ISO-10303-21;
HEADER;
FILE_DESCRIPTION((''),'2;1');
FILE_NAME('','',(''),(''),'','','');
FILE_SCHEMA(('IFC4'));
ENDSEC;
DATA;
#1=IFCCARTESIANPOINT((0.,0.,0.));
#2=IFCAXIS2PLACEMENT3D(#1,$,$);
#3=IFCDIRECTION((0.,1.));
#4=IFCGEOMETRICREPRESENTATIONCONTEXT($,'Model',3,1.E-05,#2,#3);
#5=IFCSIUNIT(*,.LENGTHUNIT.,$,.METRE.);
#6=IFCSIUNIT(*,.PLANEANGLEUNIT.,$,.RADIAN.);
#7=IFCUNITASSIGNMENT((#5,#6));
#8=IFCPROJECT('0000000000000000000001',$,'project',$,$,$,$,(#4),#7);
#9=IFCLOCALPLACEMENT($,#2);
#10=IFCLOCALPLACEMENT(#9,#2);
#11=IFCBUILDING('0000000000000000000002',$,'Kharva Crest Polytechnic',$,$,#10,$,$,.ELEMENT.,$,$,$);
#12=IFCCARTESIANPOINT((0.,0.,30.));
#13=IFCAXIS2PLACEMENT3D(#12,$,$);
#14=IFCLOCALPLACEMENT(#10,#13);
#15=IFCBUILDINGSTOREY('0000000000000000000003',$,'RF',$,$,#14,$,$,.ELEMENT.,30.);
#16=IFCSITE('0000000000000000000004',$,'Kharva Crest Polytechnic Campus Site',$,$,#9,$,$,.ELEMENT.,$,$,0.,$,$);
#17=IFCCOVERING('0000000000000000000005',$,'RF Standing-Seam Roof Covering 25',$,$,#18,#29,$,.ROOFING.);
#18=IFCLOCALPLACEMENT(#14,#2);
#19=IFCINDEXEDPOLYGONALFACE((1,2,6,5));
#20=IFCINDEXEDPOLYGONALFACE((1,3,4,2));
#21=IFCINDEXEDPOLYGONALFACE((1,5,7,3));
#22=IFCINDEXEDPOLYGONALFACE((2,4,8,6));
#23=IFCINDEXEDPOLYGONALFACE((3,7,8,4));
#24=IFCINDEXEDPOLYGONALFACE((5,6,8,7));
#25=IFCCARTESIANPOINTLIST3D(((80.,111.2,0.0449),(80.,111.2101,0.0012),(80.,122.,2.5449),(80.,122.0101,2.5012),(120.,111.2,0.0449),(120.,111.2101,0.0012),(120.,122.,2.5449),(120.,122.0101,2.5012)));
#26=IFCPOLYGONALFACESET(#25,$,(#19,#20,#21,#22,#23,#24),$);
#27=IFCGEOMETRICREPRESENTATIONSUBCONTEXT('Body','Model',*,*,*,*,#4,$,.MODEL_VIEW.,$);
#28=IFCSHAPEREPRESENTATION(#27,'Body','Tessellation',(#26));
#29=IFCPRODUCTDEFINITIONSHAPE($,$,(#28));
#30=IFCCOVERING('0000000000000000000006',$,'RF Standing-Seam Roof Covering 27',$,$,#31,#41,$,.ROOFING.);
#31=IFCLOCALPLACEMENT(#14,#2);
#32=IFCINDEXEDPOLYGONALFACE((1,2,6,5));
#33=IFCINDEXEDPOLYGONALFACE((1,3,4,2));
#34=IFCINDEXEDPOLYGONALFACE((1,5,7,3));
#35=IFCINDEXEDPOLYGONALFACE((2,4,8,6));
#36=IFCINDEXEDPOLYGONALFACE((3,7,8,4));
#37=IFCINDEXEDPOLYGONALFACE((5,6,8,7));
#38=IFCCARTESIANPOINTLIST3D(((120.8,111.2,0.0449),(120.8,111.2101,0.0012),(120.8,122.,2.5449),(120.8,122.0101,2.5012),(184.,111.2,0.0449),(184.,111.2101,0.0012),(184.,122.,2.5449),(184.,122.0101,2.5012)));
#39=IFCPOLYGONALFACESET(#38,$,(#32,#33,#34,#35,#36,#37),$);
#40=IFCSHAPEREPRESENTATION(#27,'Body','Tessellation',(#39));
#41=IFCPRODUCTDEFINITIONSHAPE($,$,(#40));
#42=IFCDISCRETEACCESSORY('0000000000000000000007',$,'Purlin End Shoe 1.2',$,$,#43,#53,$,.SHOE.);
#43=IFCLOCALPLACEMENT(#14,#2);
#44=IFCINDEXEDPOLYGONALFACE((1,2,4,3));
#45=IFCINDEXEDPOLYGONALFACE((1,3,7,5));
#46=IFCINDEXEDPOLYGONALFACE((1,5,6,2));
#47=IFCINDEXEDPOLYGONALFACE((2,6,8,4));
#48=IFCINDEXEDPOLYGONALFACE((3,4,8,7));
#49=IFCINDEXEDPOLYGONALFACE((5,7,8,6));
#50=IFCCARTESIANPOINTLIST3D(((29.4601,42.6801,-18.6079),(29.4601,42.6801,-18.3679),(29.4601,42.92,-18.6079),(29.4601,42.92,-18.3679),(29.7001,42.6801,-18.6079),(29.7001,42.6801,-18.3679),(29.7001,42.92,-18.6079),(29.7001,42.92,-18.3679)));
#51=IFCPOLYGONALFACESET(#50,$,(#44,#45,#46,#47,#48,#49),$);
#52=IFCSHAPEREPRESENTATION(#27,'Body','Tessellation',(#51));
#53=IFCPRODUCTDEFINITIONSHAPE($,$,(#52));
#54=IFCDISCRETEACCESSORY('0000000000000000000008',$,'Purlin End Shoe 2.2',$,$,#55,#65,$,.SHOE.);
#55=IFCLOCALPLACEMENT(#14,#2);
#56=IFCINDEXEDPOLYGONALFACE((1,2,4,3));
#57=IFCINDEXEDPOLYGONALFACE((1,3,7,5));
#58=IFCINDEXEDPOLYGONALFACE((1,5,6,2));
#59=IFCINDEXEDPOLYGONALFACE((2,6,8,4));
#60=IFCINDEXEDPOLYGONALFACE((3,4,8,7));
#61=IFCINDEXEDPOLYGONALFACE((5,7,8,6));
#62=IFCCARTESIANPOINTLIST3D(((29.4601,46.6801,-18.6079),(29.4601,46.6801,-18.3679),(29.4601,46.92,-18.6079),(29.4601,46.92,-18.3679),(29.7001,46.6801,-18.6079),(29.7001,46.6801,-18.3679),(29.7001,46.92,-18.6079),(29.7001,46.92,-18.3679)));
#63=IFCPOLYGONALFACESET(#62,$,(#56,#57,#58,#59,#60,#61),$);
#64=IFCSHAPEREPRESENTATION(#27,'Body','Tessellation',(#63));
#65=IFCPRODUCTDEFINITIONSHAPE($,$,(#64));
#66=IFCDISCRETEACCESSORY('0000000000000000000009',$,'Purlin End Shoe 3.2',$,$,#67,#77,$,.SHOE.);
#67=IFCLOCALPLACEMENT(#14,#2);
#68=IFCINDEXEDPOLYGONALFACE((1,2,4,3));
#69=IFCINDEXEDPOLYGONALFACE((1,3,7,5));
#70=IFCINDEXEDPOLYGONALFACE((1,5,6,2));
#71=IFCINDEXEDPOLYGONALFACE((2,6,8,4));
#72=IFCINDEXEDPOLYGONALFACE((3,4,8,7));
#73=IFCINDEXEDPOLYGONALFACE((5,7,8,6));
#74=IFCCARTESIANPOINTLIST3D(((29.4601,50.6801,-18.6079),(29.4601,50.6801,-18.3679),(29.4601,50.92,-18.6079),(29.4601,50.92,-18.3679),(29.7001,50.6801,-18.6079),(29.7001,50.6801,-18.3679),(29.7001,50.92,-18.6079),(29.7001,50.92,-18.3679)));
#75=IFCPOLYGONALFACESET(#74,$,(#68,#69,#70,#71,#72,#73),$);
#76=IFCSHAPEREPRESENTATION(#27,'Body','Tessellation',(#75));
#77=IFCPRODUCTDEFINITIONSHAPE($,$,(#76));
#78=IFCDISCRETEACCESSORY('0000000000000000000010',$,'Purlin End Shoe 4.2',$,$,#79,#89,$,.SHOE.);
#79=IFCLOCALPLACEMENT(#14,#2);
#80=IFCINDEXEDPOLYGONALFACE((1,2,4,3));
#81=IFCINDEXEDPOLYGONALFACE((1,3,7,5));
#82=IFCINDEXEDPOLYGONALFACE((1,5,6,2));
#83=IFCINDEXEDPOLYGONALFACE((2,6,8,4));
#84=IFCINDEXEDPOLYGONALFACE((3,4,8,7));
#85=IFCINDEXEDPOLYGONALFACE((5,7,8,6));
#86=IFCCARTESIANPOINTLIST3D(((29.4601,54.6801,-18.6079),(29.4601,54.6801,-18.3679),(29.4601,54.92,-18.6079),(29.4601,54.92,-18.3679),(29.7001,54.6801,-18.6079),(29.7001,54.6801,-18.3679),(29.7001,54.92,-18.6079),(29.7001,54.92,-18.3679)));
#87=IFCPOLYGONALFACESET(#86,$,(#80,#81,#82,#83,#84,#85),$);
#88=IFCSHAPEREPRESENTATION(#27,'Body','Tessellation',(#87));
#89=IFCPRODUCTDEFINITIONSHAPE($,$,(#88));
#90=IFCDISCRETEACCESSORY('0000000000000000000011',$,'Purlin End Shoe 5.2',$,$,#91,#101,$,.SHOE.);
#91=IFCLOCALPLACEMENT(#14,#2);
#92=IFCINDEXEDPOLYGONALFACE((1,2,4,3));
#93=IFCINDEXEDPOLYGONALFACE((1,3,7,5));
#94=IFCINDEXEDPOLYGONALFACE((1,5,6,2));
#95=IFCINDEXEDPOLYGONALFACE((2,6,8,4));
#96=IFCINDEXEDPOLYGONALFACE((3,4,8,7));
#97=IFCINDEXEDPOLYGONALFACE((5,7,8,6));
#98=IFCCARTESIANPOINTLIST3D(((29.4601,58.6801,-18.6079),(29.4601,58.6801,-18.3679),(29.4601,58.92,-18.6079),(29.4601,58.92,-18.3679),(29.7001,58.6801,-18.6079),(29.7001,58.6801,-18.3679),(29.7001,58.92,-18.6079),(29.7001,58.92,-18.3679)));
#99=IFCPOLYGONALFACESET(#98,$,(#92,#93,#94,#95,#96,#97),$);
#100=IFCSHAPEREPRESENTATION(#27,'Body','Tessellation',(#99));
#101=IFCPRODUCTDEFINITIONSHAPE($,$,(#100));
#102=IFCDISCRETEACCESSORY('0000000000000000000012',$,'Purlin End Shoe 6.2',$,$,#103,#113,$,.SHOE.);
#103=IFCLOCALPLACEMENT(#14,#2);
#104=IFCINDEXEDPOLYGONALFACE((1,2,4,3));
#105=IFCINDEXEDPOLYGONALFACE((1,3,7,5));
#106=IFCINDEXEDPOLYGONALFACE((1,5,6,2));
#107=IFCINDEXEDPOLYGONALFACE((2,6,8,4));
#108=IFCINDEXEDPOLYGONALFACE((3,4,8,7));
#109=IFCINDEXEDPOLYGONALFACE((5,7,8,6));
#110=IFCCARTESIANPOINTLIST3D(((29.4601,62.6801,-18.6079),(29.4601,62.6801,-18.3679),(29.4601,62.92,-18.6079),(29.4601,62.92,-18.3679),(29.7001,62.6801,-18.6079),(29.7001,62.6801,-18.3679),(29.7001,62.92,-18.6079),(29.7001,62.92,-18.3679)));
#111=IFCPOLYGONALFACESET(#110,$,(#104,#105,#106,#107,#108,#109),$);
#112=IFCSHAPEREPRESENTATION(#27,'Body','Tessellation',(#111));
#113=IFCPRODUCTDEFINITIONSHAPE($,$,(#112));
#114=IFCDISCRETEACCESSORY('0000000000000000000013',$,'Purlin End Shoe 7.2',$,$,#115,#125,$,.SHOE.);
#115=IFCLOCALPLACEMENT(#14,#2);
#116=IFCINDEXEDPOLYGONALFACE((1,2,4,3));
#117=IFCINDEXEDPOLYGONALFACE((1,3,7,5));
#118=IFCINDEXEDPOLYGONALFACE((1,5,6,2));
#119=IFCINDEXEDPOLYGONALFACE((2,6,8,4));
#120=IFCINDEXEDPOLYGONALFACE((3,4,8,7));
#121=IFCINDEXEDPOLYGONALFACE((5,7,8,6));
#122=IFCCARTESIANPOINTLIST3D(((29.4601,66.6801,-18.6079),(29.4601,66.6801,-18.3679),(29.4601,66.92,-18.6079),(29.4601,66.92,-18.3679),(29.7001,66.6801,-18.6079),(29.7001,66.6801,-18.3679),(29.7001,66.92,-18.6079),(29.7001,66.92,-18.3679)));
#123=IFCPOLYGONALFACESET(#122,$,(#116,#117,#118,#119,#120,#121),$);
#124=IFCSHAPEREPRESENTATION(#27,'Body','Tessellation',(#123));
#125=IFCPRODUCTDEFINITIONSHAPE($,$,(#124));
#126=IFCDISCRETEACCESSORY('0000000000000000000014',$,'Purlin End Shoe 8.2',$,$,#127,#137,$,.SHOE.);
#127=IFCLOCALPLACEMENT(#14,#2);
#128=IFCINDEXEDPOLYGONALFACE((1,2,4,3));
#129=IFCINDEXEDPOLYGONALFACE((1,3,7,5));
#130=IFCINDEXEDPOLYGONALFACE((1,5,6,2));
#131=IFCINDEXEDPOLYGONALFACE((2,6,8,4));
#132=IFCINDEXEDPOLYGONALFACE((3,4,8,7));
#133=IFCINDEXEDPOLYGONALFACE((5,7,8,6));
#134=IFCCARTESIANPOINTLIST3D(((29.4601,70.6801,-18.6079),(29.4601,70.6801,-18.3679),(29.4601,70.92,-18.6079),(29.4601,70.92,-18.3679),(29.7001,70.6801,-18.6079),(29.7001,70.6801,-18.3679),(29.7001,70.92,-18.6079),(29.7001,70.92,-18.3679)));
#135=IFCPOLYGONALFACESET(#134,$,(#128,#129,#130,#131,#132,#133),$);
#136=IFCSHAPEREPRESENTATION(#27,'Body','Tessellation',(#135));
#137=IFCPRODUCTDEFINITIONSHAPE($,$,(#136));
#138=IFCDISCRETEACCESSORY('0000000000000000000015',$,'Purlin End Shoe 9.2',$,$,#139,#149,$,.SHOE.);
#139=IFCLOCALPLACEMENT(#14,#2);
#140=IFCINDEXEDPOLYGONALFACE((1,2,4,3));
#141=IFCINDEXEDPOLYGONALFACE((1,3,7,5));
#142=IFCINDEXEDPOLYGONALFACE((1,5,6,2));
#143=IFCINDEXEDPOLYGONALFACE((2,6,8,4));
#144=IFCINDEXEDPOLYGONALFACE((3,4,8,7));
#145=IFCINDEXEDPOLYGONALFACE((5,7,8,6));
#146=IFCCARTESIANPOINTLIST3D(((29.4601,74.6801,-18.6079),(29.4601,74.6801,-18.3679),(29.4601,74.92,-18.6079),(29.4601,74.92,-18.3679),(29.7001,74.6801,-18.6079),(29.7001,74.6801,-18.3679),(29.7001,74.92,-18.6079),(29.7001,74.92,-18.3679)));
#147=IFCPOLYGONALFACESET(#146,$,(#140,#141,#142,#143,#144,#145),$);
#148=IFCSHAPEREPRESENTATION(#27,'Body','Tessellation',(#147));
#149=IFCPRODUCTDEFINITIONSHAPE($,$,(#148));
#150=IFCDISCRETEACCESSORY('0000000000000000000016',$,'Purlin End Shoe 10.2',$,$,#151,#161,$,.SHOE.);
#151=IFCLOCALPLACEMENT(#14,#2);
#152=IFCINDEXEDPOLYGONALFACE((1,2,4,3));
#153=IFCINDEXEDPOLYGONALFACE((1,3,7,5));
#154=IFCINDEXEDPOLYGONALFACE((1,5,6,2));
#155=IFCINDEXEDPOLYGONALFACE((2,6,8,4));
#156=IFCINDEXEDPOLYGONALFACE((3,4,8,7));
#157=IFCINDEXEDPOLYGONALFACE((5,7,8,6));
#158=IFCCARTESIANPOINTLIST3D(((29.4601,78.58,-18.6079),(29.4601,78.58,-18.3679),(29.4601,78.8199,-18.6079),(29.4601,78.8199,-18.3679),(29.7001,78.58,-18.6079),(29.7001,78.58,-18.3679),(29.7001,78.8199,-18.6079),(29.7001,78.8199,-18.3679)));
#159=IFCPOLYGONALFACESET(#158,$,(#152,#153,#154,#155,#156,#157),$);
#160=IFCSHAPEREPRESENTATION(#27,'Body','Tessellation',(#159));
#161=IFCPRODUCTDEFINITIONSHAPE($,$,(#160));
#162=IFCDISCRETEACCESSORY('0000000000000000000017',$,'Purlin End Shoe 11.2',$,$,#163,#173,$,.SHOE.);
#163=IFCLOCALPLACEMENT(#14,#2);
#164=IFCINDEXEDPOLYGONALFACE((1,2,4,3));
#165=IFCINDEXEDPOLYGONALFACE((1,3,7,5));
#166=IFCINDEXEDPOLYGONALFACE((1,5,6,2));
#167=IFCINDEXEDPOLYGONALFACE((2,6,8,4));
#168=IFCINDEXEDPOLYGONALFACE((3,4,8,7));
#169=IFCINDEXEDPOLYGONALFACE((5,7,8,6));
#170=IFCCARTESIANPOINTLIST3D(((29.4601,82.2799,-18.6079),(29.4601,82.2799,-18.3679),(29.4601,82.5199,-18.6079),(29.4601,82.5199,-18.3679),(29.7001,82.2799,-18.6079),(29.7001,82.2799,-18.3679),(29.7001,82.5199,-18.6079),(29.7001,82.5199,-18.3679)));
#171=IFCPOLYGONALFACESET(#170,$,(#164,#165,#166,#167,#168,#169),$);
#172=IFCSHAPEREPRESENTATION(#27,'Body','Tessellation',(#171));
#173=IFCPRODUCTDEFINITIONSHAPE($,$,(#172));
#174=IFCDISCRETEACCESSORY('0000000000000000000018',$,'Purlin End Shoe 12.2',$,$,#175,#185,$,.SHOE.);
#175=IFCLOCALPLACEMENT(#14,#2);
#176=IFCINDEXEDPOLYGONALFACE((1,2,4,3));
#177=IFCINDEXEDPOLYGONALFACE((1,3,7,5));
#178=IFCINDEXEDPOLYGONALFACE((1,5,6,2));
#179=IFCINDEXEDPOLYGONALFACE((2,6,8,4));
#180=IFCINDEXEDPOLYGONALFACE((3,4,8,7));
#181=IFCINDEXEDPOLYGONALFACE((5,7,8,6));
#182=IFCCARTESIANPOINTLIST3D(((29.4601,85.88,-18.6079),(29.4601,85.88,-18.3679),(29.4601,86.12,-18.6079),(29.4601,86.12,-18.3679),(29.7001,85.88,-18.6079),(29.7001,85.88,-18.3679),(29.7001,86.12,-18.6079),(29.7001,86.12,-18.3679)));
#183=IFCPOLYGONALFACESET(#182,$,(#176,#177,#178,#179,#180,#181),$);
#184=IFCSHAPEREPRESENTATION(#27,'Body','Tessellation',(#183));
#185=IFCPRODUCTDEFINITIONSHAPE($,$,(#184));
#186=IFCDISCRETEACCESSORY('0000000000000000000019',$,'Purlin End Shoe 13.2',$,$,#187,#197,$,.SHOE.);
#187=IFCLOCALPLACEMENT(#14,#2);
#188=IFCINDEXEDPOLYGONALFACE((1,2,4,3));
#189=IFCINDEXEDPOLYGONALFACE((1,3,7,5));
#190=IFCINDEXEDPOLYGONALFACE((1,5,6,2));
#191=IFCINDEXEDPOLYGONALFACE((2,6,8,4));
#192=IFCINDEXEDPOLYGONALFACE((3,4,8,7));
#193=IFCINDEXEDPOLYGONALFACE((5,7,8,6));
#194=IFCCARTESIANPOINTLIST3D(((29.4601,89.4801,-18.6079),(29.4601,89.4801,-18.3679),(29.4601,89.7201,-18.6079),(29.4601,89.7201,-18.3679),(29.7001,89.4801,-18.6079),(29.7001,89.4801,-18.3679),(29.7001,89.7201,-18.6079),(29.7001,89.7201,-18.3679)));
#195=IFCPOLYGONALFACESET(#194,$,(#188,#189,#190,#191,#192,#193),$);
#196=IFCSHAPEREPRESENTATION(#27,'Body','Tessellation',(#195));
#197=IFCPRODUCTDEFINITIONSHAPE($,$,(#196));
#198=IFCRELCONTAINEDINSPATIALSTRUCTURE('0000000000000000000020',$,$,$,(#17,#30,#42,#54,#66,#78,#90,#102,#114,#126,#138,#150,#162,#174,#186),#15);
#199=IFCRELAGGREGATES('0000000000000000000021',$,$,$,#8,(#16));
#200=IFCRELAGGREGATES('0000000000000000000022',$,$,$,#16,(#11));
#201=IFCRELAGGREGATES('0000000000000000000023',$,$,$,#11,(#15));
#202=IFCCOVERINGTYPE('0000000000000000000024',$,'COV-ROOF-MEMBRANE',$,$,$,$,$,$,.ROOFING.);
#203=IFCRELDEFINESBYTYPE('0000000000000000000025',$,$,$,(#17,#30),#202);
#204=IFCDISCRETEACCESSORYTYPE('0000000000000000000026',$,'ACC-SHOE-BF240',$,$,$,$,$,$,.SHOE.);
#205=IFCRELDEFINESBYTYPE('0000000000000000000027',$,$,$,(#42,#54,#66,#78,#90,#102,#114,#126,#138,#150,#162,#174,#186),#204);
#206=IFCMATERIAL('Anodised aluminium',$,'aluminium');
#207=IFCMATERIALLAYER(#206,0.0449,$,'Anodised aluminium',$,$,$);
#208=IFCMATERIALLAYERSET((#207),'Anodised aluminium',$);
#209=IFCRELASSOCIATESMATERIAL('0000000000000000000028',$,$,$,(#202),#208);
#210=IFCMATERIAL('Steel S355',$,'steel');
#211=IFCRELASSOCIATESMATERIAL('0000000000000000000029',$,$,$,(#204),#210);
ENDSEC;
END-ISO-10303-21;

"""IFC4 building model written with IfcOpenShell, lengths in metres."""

from ifc_helpers import new_model, si_unit, direction, frame, origin, origin_2d, place, context, subcontext, project, spatial, polyline, rectangle, outline, extrude, material, layer, layer_set, type_object, element, save


model = new_model("IFC4")

# Units and contexts
model_context = context("Model", 3, precision=1e-05, world=origin(), true_north=direction((0.0, 1.0)))
body_context = subcontext(model_context, "Body", "Model", "MODEL_VIEW")
ifc_project = project(units=[si_unit("LENGTHUNIT", "METRE"), si_unit("PLANEANGLEUNIT", "RADIAN")], contexts=[model_context])

# Site, building, storey
site_placement = place(None, origin())
site = spatial("IfcSite", under=ifc_project, at=site_placement, Name="Kharva Crest Polytechnic Campus Site", CompositionType="ELEMENT", RefElevation=0.0)
building_placement = place(site_placement, origin())
building = spatial("IfcBuilding", under=site, at=building_placement, Name="Kharva Crest Polytechnic", CompositionType="ELEMENT")
storey_placement = place(building_placement, frame((0.0, 0.0, 30.0)))
storey = spatial("IfcBuildingStorey", under=building, at=storey_placement, Name="RF", CompositionType="ELEMENT", Elevation=30.0)

# Shared definitions
ifc_material_1 = material(Name="Steel S355", Category="steel")

# Coverings
ifc_material_2 = material(Name="Anodised aluminium", Category="aluminium")
ifc_layer_1 = layer(ifc_material_2, 0.0449, Name="Anodised aluminium")
ifc_layer_set_1 = layer_set([ifc_layer_1], Name="Anodised aluminium")
covering_type = type_object("IfcCoveringType", Name="COV-ROOF-MEMBRANE", PredefinedType="ROOFING", material=ifc_layer_set_1)
covering_1_placement = place(storey_placement, frame((80.0, 111.2, 0.0449), z_axis=(0.0, -0.225517, 0.974239), x_axis=(1.0, 0.0, 0.0)))
element("IfcCovering", 1, at=covering_1_placement, inside=storey, type_object=covering_type, Name="RF Standing-Seam Roof Covering 25", PredefinedType="ROOFING", context=body_context, shape_type="SweptSolid", body=[
    extrude(outline(polyline([(0.0, 0.0), (40.0, 0.0), (40.0, 11.0856), (0.0, 11.0856), (0.0, 0.0)])), origin(), (0.0, 0.0, -1.0), 0.0449),
])
covering_2_placement = place(storey_placement, frame((120.8, 111.2, 0.0449), z_axis=(0.0, -0.225517, 0.974239), x_axis=(1.0, 0.0, 0.0)))
element("IfcCovering", 2, at=covering_2_placement, inside=storey, type_object=covering_type, Name="RF Standing-Seam Roof Covering 27", PredefinedType="ROOFING", context=body_context, shape_type="SweptSolid", body=[
    extrude(outline(polyline([(0.0, 0.0), (63.2, 0.0), (63.2, 11.0856), (0.0, 11.0856), (0.0, 0.0)])), origin(), (0.0, 0.0, -1.0), 0.0449),
])

# Discrete accessories
discrete_accessory_type = type_object("IfcDiscreteAccessoryType", Name="ACC-SHOE-BF240", PredefinedType="SHOE", material=ifc_material_1)
for number, where, z_axis, x_axis, name in (
    (3, (29.5801, 42.8, -18.6079), (0.0, 0.0, 1.0), (1.0, 0.0, 0.0), "Purlin End Shoe 1.2"),
    (4, (29.5801, 46.8, -18.6079), (0.0, 0.0, 1.0), (1.0, 0.0, 0.0), "Purlin End Shoe 2.2"),
    (5, (29.5801, 50.8, -18.6079), (0.0, 0.0, 1.0), (1.0, 0.0, 0.0), "Purlin End Shoe 3.2"),
    (6, (29.5801, 54.8, -18.6079), (0.0, 0.0, 1.0), (1.0, 0.0, 0.0), "Purlin End Shoe 4.2"),
    (7, (29.5801, 58.8, -18.6079), (0.0, 0.0, 1.0), (1.0, 0.0, 0.0), "Purlin End Shoe 5.2"),
    (8, (29.5801, 62.8, -18.6079), (0.0, 0.0, 1.0), (1.0, 0.0, 0.0), "Purlin End Shoe 6.2"),
    (9, (29.5801, 66.8, -18.6079), (0.0, 0.0, 1.0), (1.0, 0.0, 0.0), "Purlin End Shoe 7.2"),
    (10, (29.5801, 70.8, -18.6079), (0.0, 0.0, 1.0), (1.0, 0.0, 0.0), "Purlin End Shoe 8.2"),
    (11, (29.5801, 74.8, -18.6079), (0.0, 0.0, 1.0), (1.0, 0.0, 0.0), "Purlin End Shoe 9.2"),
    (12, (29.5801, 78.7, -18.6079), (0.0, 0.0, 1.0), (1.0, 0.0, 0.0), "Purlin End Shoe 10.2"),
    (13, (29.5801, 82.3999, -18.6079), (0.0, 0.0, 1.0), (1.0, 0.0, 0.0), "Purlin End Shoe 11.2"),
    (14, (29.5801, 86.0, -18.6079), (0.0, 0.0, 1.0), (1.0, 0.0, 0.0), "Purlin End Shoe 12.2"),
    (15, (29.5801, 89.6001, -18.6079), (0.0, 0.0, 1.0), (1.0, 0.0, 0.0), "Purlin End Shoe 13.2"),
):
    element("IfcDiscreteAccessory", number, at=place(storey_placement, frame(where, z_axis=z_axis, x_axis=x_axis)), inside=storey, type_object=discrete_accessory_type, Name=name, PredefinedType="SHOE", context=body_context, shape_type="SweptSolid", body=[
        extrude(rectangle(XDim=0.24, YDim=0.24, at=origin_2d()), origin(), (0.0, 0.0, 1.0), 0.24),
    ])

save(model, "model.ifc")
